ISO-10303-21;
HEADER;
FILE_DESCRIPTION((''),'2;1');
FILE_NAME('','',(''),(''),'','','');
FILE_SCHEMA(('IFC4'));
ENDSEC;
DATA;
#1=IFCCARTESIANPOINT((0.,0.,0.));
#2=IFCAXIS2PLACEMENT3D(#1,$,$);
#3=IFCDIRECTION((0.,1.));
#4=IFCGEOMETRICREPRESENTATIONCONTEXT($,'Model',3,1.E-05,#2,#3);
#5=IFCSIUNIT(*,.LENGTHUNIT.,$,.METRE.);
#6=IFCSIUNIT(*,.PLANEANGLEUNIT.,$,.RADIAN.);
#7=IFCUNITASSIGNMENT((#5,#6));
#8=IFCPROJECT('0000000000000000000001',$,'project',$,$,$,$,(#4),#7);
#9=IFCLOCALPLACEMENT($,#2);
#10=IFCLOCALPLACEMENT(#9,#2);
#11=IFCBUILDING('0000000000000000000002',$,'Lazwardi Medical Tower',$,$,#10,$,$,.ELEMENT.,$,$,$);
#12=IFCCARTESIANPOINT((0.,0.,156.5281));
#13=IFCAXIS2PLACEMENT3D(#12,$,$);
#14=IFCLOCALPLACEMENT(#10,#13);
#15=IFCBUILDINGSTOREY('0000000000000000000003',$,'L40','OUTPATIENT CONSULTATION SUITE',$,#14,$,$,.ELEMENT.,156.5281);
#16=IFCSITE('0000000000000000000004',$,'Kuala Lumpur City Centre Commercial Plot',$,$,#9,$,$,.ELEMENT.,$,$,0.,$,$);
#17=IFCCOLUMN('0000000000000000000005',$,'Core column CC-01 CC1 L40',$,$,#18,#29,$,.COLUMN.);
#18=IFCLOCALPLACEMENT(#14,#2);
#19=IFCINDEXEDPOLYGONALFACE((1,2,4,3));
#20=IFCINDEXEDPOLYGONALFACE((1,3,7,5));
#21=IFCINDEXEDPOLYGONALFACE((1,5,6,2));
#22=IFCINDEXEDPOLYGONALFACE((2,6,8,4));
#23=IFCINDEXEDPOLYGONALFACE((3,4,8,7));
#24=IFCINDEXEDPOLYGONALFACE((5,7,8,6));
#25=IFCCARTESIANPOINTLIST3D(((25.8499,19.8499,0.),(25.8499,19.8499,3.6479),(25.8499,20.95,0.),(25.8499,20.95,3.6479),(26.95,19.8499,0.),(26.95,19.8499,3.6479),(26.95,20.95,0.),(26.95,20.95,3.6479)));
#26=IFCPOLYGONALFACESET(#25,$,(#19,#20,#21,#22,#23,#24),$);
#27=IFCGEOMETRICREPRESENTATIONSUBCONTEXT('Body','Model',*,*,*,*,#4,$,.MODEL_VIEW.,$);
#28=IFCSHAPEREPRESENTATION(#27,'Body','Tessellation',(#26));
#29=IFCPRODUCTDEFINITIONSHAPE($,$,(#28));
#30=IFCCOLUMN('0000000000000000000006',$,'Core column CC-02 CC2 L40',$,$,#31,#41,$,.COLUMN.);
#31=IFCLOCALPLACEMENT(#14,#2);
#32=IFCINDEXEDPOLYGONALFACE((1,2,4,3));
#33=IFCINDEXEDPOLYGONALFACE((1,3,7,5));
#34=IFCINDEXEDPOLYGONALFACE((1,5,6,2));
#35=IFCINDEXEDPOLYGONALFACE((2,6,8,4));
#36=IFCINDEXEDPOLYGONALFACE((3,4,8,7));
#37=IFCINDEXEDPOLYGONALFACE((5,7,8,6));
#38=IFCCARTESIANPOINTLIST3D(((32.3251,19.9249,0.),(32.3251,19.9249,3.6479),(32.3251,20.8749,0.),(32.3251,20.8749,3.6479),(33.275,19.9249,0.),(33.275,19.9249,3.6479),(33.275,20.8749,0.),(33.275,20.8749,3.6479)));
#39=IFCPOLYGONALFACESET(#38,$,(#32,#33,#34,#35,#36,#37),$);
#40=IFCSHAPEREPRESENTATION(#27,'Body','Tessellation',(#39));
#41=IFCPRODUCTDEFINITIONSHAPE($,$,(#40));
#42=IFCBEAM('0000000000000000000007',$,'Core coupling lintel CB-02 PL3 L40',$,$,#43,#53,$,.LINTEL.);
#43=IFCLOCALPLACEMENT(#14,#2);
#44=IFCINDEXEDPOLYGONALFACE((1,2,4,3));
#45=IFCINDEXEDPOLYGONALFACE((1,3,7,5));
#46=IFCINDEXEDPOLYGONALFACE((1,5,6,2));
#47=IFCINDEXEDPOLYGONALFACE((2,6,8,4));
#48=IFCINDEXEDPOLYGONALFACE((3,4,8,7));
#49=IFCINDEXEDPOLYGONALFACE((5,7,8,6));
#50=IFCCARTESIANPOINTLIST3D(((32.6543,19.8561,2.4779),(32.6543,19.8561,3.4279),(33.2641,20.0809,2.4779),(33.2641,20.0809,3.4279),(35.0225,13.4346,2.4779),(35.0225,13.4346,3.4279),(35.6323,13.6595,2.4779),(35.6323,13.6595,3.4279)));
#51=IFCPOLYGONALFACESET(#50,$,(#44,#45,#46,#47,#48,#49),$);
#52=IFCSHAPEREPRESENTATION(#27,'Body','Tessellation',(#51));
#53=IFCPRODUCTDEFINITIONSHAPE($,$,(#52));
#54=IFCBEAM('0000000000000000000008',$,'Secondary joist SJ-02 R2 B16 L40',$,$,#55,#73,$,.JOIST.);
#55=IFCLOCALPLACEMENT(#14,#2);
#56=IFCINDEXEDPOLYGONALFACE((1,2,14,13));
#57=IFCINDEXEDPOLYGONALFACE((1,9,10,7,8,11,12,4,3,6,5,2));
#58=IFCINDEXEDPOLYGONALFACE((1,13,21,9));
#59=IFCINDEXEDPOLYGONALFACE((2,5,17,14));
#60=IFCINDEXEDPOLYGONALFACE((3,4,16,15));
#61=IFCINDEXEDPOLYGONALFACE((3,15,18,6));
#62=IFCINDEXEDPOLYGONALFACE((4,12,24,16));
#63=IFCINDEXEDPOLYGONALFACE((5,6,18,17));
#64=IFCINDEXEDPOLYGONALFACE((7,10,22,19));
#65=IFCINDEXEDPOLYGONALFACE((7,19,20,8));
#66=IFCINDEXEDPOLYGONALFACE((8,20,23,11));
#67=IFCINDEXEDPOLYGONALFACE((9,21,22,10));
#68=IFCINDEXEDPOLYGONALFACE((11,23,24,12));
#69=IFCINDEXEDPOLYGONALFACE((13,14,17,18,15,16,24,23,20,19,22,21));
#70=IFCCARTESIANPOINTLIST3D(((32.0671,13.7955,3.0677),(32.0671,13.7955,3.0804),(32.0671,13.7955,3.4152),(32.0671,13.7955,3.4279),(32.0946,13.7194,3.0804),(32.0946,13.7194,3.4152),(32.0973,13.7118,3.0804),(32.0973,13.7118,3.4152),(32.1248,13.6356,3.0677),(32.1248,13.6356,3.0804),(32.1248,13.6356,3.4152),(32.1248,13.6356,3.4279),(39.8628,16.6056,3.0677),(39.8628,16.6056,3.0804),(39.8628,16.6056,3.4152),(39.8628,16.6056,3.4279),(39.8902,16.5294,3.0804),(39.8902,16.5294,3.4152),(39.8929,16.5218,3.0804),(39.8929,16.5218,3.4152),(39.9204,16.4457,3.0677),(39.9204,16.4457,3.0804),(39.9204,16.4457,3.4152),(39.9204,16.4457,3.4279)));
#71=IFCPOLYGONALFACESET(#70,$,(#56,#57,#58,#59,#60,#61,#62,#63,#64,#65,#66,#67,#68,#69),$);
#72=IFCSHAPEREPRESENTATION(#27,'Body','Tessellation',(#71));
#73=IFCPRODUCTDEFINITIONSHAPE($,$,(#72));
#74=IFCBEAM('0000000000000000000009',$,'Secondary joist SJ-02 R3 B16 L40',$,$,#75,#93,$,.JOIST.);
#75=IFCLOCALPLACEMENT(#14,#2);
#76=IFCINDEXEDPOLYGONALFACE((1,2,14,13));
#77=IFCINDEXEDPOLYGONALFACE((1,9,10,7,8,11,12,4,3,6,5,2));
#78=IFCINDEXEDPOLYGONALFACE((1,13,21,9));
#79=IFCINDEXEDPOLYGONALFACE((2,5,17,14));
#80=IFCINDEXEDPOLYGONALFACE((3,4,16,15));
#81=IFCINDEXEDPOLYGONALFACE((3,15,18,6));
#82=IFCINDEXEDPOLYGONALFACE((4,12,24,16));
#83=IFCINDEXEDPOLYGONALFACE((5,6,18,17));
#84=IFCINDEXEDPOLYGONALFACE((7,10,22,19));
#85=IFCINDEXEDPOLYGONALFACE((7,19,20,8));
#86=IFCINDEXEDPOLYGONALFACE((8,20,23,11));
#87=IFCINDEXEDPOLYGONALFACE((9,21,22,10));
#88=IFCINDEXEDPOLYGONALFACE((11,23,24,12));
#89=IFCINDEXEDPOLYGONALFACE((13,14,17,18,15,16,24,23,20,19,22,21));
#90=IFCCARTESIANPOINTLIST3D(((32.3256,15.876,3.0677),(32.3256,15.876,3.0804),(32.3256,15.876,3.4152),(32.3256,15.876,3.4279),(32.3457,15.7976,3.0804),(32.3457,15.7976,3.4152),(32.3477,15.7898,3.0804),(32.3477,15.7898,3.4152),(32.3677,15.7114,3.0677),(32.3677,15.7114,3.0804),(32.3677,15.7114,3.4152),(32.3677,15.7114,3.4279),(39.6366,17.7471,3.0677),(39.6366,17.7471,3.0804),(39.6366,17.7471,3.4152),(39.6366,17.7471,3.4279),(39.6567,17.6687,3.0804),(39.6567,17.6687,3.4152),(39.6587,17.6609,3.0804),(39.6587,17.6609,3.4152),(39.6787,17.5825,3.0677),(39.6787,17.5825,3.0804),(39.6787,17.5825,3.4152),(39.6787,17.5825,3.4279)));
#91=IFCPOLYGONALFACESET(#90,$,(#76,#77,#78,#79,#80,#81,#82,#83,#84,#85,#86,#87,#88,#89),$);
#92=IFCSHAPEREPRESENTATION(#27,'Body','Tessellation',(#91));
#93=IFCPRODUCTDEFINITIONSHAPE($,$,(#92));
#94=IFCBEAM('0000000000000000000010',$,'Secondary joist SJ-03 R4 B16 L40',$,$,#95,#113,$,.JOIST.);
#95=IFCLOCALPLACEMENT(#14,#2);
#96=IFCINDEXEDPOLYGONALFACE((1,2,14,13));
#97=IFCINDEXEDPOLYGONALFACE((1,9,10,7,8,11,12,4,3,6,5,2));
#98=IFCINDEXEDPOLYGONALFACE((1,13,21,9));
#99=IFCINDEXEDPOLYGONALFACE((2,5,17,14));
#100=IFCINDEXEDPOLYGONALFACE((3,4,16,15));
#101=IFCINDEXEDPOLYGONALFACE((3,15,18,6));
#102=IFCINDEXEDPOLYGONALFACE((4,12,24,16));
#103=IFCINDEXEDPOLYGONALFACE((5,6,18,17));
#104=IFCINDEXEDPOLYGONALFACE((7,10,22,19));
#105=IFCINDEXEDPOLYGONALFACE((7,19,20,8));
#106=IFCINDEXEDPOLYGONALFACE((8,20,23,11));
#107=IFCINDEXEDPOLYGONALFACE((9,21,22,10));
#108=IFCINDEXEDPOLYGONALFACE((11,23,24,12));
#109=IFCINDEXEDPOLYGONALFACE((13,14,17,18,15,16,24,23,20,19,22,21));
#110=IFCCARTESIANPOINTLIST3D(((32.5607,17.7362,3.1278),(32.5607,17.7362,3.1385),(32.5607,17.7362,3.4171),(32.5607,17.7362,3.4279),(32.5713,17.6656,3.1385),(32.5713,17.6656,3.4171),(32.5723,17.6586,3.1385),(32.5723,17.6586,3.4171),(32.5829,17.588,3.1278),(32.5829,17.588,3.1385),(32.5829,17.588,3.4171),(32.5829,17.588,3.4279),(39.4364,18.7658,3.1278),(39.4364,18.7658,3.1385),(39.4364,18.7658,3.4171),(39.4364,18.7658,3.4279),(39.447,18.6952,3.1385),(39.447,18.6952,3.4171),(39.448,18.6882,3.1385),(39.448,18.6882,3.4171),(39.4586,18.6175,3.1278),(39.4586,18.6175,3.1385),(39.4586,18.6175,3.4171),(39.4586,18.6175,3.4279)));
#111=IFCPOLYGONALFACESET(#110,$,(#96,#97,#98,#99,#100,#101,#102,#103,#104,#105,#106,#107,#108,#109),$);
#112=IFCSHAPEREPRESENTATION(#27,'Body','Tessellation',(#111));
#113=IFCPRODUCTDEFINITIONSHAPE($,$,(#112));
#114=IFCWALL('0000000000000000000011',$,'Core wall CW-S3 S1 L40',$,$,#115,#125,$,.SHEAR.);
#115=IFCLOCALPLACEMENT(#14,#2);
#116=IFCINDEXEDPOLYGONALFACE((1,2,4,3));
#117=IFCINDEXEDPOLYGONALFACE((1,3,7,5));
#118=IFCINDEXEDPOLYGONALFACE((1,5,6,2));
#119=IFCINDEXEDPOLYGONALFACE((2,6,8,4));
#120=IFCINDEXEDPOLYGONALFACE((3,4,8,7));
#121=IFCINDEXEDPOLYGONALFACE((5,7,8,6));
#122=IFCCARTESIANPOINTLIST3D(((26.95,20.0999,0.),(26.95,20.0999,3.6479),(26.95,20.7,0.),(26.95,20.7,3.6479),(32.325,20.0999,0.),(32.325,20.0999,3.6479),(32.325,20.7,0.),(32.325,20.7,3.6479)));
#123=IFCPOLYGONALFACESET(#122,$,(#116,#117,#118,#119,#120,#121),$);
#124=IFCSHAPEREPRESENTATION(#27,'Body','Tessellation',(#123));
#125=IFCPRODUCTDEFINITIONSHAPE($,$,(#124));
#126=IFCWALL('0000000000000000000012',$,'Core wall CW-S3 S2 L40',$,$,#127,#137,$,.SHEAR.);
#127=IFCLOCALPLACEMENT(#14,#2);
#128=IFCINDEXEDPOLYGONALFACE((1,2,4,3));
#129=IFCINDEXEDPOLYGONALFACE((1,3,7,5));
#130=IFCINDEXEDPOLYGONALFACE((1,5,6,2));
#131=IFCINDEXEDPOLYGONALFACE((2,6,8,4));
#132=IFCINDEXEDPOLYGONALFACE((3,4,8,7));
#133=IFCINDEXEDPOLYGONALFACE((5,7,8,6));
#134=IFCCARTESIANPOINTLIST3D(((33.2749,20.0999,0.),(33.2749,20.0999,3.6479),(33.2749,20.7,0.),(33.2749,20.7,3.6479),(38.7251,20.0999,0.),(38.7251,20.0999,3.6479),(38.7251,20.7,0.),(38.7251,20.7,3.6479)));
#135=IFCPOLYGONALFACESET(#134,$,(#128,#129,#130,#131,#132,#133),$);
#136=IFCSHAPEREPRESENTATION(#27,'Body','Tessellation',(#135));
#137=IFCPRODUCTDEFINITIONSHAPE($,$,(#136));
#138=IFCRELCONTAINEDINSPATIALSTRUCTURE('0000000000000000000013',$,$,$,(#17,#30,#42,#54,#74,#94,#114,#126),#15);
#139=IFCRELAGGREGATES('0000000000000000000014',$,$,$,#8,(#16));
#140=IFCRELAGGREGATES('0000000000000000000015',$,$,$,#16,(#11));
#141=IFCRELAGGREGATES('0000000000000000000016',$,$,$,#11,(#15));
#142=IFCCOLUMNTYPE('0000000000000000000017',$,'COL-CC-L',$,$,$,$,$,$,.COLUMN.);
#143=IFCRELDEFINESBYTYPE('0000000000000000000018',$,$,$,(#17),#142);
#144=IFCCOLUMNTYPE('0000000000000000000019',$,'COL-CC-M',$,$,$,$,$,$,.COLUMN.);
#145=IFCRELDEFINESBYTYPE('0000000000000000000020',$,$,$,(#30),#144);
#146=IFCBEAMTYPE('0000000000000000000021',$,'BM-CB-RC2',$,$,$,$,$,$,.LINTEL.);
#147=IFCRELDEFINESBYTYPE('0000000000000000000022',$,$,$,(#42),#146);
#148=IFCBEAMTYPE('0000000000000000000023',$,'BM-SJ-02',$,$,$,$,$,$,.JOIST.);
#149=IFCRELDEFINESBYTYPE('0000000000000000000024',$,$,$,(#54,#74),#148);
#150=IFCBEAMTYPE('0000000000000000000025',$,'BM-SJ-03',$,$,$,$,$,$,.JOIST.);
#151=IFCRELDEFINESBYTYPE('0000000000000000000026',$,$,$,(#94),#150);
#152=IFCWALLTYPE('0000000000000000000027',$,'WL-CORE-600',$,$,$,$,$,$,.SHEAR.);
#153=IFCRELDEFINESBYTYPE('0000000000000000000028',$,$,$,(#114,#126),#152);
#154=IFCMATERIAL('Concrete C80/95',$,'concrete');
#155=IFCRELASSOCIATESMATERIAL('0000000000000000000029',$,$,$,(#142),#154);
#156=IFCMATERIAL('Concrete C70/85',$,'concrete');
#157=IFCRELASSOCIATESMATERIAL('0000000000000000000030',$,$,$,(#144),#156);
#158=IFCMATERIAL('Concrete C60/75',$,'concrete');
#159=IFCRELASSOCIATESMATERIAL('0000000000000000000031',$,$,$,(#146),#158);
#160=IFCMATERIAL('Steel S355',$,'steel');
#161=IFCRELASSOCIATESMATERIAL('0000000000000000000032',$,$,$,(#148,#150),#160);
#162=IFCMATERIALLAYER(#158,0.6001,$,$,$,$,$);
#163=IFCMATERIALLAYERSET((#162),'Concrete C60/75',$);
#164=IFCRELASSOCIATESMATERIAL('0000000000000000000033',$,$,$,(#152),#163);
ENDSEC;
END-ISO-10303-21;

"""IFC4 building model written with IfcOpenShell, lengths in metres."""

from ifc_helpers import new_model, si_unit, direction, frame, frame_2d, origin, origin_2d, place, context, subcontext, project, spatial, rectangle, i_section, extrude, material, layer, layer_set, material_profile, profile_set, type_object, element, save


model = new_model("IFC4")

# Units and contexts
model_context = context("Model", 3, precision=1e-05, world=origin(), true_north=direction((0.0, 1.0)))
body_context = subcontext(model_context, "Body", "Model", "MODEL_VIEW")
ifc_project = project(units=[si_unit("LENGTHUNIT", "METRE"), si_unit("PLANEANGLEUNIT", "RADIAN")], contexts=[model_context])

# Site, building, storey
site_placement = place(None, origin())
site = spatial("IfcSite", under=ifc_project, at=site_placement, Name="Kuala Lumpur City Centre Commercial Plot", CompositionType="ELEMENT", RefElevation=0.0)
building_placement = place(site_placement, origin())
building = spatial("IfcBuilding", under=site, at=building_placement, Name="Lazwardi Medical Tower", CompositionType="ELEMENT")
storey_placement = place(building_placement, frame((0.0, 0.0, 156.5281)))
storey = spatial("IfcBuildingStorey", under=building, at=storey_placement, Name="L40", Description="OUTPATIENT CONSULTATION SUITE", CompositionType="ELEMENT", Elevation=156.5281)

# Columns
ifc_material_1 = material(Name="Concrete C80/95", Category="concrete")
ifc_material_profile_1 = material_profile(ifc_material_1, rectangle(XDim=1.1001, YDim=1.1001, at=origin_2d()), Name="RC 1100x1100")
ifc_profile_set_1 = profile_set([ifc_material_profile_1], Name="Concrete C80/95")
column_type_1 = type_object("IfcColumnType", Name="COL-CC-L", PredefinedType="COLUMN", material=ifc_profile_set_1)
column_1_placement = place(storey_placement, frame((26.3999, 20.3999, 0.0), z_axis=(0.0, 0.0, 1.0), x_axis=(1.0, 0.0, 0.0)))
element("IfcColumn", 1, at=column_1_placement, inside=storey, type_object=column_type_1, Name="Core column CC-01 CC1 L40", PredefinedType="COLUMN", context=body_context, shape_type="SweptSolid", body=[
    extrude(rectangle(XDim=1.1001, YDim=1.1001, at=origin_2d()), origin(), (0.0, 0.0, 1.0), 3.6479),
])
ifc_material_2 = material(Name="Concrete C70/85", Category="concrete")
ifc_material_profile_2 = material_profile(ifc_material_2, rectangle(XDim=0.95, YDim=0.95, at=origin_2d()), Name="RC 950x950")
ifc_profile_set_2 = profile_set([ifc_material_profile_2], Name="Concrete C70/85")
column_type_2 = type_object("IfcColumnType", Name="COL-CC-M", PredefinedType="COLUMN", material=ifc_profile_set_2)
column_2_placement = place(storey_placement, frame((32.8, 20.3999, 0.0), z_axis=(0.0, 0.0, 1.0), x_axis=(1.0, 0.0, 0.0)))
element("IfcColumn", 2, at=column_2_placement, inside=storey, type_object=column_type_2, Name="Core column CC-02 CC2 L40", PredefinedType="COLUMN", context=body_context, shape_type="SweptSolid", body=[
    extrude(rectangle(XDim=0.95, YDim=0.95, at=origin_2d()), origin(), (0.0, 0.0, 1.0), 3.6479),
])

# Beams
ifc_material_3 = material(Name="Concrete C60/75", Category="concrete")
ifc_material_profile_3 = material_profile(ifc_material_3, rectangle(XDim=0.6499, YDim=0.95, at=origin_2d()), Name="RC 650x950")
ifc_profile_set_3 = profile_set([ifc_material_profile_3], Name="Concrete C60/75")
beam_type_1 = type_object("IfcBeamType", Name="BM-CB-RC2", PredefinedType="LINTEL", material=ifc_profile_set_3)
beam_1_placement = place(storey_placement, frame((32.9592, 19.9685, 2.9529), z_axis=(0.346013, -0.93823, 0.0), x_axis=(0.93823, 0.346013, 0.0)))
element("IfcBeam", 3, at=beam_1_placement, inside=storey, type_object=beam_type_1, Name="Core coupling lintel CB-02 PL3 L40", PredefinedType="LINTEL", context=body_context, shape_type="SweptSolid", body=[
    extrude(rectangle(XDim=0.6499, YDim=0.95, at=origin_2d()), origin(), (0.0, 0.0, 1.0), 6.8442),
])
ifc_material_4 = material(Name="Steel S355", Category="steel")
ifc_material_profile_4 = material_profile(ifc_material_4, i_section(OverallWidth=0.1699, OverallDepth=0.3601, WebThickness=0.0081, FlangeThickness=0.0127, at=origin_2d()), Name="IPE 360")
ifc_profile_set_4 = profile_set([ifc_material_profile_4], Name="Steel S355")
beam_type_2 = type_object("IfcBeamType", Name="BM-SJ-02", PredefinedType="JOIST", material=ifc_profile_set_4)
beam_2_placement = place(storey_placement, frame((32.0959, 13.7156, 3.2478), z_axis=(0.940748, 0.339106, 0.0), x_axis=(-0.339106, 0.940748, 0.0)))
element("IfcBeam", 4, at=beam_2_placement, inside=storey, type_object=beam_type_2, Name="Secondary joist SJ-02 R2 B16 L40", PredefinedType="JOIST", context=body_context, shape_type="SweptSolid", body=[
    extrude(i_section(OverallWidth=0.1699, OverallDepth=0.3601, WebThickness=0.0081, FlangeThickness=0.0127, at=origin_2d()), origin(), (0.0, 0.0, 1.0), 8.2866),
])
beam_3_placement = place(storey_placement, frame((32.3467, 15.7937, 3.2478), z_axis=(0.968776, 0.247936, 0.0), x_axis=(-0.247936, 0.968776, 0.0)))
element("IfcBeam", 5, at=beam_3_placement, inside=storey, type_object=beam_type_2, Name="Secondary joist SJ-02 R3 B16 L40", PredefinedType="JOIST", context=body_context, shape_type="SweptSolid", body=[
    extrude(i_section(OverallWidth=0.1699, OverallDepth=0.3601, WebThickness=0.0081, FlangeThickness=0.0127, at=origin_2d()), origin(), (0.0, 0.0, 1.0), 7.5466),
])
ifc_material_profile_5 = material_profile(ifc_material_4, i_section(OverallWidth=0.1499, OverallDepth=0.3, WebThickness=0.0071, FlangeThickness=0.0107, at=origin_2d()), Name="IPE 300")
ifc_profile_set_5 = profile_set([ifc_material_profile_5], Name="Steel S355")
beam_type_3 = type_object("IfcBeamType", Name="BM-SJ-03", PredefinedType="JOIST", material=ifc_profile_set_5)
beam_4_placement = place(storey_placement, frame((32.5718, 17.6621, 3.2778), z_axis=(0.988975, 0.148085, 0.0), x_axis=(-0.148085, 0.988975, 0.0)))
element("IfcBeam", 6, at=beam_4_placement, inside=storey, type_object=beam_type_3, Name="Secondary joist SJ-03 R4 B16 L40", PredefinedType="JOIST", context=body_context, shape_type="SweptSolid", body=[
    extrude(i_section(OverallWidth=0.1499, OverallDepth=0.3, WebThickness=0.0071, FlangeThickness=0.0107, at=origin_2d()), origin(), (0.0, 0.0, 1.0), 6.9524),
])

# Walls
ifc_layer_1 = layer(ifc_material_3, 0.6001)
ifc_layer_set_1 = layer_set([ifc_layer_1], Name="Concrete C60/75")
wall_type_1 = type_object("IfcWallType", Name="WL-CORE-600", PredefinedType="SHEAR", material=ifc_layer_set_1)
wall_1_placement = place(storey_placement, frame((26.95, 20.3999, 0.0), z_axis=(0.0, 0.0, 1.0), x_axis=(1.0, 0.0, 0.0)))
element("IfcWall", 7, at=wall_1_placement, inside=storey, type_object=wall_type_1, Name="Core wall CW-S3 S1 L40", PredefinedType="SHEAR", context=body_context, shape_type="SweptSolid", body=[
    extrude(rectangle(XDim=5.375, YDim=0.6001, at=frame_2d((2.6875, 0.0))), origin(), (0.0, 0.0, 1.0), 3.6479),
])
wall_2_placement = place(storey_placement, frame((33.2749, 20.3999, 0.0), z_axis=(0.0, 0.0, 1.0), x_axis=(1.0, 0.0, 0.0)))
element("IfcWall", 8, at=wall_2_placement, inside=storey, type_object=wall_type_1, Name="Core wall CW-S3 S2 L40", PredefinedType="SHEAR", context=body_context, shape_type="SweptSolid", body=[
    extrude(rectangle(XDim=5.4502, YDim=0.6001, at=frame_2d((2.7251, 0.0))), origin(), (0.0, 0.0, 1.0), 3.6479),
])

save(model, "model.ifc")
